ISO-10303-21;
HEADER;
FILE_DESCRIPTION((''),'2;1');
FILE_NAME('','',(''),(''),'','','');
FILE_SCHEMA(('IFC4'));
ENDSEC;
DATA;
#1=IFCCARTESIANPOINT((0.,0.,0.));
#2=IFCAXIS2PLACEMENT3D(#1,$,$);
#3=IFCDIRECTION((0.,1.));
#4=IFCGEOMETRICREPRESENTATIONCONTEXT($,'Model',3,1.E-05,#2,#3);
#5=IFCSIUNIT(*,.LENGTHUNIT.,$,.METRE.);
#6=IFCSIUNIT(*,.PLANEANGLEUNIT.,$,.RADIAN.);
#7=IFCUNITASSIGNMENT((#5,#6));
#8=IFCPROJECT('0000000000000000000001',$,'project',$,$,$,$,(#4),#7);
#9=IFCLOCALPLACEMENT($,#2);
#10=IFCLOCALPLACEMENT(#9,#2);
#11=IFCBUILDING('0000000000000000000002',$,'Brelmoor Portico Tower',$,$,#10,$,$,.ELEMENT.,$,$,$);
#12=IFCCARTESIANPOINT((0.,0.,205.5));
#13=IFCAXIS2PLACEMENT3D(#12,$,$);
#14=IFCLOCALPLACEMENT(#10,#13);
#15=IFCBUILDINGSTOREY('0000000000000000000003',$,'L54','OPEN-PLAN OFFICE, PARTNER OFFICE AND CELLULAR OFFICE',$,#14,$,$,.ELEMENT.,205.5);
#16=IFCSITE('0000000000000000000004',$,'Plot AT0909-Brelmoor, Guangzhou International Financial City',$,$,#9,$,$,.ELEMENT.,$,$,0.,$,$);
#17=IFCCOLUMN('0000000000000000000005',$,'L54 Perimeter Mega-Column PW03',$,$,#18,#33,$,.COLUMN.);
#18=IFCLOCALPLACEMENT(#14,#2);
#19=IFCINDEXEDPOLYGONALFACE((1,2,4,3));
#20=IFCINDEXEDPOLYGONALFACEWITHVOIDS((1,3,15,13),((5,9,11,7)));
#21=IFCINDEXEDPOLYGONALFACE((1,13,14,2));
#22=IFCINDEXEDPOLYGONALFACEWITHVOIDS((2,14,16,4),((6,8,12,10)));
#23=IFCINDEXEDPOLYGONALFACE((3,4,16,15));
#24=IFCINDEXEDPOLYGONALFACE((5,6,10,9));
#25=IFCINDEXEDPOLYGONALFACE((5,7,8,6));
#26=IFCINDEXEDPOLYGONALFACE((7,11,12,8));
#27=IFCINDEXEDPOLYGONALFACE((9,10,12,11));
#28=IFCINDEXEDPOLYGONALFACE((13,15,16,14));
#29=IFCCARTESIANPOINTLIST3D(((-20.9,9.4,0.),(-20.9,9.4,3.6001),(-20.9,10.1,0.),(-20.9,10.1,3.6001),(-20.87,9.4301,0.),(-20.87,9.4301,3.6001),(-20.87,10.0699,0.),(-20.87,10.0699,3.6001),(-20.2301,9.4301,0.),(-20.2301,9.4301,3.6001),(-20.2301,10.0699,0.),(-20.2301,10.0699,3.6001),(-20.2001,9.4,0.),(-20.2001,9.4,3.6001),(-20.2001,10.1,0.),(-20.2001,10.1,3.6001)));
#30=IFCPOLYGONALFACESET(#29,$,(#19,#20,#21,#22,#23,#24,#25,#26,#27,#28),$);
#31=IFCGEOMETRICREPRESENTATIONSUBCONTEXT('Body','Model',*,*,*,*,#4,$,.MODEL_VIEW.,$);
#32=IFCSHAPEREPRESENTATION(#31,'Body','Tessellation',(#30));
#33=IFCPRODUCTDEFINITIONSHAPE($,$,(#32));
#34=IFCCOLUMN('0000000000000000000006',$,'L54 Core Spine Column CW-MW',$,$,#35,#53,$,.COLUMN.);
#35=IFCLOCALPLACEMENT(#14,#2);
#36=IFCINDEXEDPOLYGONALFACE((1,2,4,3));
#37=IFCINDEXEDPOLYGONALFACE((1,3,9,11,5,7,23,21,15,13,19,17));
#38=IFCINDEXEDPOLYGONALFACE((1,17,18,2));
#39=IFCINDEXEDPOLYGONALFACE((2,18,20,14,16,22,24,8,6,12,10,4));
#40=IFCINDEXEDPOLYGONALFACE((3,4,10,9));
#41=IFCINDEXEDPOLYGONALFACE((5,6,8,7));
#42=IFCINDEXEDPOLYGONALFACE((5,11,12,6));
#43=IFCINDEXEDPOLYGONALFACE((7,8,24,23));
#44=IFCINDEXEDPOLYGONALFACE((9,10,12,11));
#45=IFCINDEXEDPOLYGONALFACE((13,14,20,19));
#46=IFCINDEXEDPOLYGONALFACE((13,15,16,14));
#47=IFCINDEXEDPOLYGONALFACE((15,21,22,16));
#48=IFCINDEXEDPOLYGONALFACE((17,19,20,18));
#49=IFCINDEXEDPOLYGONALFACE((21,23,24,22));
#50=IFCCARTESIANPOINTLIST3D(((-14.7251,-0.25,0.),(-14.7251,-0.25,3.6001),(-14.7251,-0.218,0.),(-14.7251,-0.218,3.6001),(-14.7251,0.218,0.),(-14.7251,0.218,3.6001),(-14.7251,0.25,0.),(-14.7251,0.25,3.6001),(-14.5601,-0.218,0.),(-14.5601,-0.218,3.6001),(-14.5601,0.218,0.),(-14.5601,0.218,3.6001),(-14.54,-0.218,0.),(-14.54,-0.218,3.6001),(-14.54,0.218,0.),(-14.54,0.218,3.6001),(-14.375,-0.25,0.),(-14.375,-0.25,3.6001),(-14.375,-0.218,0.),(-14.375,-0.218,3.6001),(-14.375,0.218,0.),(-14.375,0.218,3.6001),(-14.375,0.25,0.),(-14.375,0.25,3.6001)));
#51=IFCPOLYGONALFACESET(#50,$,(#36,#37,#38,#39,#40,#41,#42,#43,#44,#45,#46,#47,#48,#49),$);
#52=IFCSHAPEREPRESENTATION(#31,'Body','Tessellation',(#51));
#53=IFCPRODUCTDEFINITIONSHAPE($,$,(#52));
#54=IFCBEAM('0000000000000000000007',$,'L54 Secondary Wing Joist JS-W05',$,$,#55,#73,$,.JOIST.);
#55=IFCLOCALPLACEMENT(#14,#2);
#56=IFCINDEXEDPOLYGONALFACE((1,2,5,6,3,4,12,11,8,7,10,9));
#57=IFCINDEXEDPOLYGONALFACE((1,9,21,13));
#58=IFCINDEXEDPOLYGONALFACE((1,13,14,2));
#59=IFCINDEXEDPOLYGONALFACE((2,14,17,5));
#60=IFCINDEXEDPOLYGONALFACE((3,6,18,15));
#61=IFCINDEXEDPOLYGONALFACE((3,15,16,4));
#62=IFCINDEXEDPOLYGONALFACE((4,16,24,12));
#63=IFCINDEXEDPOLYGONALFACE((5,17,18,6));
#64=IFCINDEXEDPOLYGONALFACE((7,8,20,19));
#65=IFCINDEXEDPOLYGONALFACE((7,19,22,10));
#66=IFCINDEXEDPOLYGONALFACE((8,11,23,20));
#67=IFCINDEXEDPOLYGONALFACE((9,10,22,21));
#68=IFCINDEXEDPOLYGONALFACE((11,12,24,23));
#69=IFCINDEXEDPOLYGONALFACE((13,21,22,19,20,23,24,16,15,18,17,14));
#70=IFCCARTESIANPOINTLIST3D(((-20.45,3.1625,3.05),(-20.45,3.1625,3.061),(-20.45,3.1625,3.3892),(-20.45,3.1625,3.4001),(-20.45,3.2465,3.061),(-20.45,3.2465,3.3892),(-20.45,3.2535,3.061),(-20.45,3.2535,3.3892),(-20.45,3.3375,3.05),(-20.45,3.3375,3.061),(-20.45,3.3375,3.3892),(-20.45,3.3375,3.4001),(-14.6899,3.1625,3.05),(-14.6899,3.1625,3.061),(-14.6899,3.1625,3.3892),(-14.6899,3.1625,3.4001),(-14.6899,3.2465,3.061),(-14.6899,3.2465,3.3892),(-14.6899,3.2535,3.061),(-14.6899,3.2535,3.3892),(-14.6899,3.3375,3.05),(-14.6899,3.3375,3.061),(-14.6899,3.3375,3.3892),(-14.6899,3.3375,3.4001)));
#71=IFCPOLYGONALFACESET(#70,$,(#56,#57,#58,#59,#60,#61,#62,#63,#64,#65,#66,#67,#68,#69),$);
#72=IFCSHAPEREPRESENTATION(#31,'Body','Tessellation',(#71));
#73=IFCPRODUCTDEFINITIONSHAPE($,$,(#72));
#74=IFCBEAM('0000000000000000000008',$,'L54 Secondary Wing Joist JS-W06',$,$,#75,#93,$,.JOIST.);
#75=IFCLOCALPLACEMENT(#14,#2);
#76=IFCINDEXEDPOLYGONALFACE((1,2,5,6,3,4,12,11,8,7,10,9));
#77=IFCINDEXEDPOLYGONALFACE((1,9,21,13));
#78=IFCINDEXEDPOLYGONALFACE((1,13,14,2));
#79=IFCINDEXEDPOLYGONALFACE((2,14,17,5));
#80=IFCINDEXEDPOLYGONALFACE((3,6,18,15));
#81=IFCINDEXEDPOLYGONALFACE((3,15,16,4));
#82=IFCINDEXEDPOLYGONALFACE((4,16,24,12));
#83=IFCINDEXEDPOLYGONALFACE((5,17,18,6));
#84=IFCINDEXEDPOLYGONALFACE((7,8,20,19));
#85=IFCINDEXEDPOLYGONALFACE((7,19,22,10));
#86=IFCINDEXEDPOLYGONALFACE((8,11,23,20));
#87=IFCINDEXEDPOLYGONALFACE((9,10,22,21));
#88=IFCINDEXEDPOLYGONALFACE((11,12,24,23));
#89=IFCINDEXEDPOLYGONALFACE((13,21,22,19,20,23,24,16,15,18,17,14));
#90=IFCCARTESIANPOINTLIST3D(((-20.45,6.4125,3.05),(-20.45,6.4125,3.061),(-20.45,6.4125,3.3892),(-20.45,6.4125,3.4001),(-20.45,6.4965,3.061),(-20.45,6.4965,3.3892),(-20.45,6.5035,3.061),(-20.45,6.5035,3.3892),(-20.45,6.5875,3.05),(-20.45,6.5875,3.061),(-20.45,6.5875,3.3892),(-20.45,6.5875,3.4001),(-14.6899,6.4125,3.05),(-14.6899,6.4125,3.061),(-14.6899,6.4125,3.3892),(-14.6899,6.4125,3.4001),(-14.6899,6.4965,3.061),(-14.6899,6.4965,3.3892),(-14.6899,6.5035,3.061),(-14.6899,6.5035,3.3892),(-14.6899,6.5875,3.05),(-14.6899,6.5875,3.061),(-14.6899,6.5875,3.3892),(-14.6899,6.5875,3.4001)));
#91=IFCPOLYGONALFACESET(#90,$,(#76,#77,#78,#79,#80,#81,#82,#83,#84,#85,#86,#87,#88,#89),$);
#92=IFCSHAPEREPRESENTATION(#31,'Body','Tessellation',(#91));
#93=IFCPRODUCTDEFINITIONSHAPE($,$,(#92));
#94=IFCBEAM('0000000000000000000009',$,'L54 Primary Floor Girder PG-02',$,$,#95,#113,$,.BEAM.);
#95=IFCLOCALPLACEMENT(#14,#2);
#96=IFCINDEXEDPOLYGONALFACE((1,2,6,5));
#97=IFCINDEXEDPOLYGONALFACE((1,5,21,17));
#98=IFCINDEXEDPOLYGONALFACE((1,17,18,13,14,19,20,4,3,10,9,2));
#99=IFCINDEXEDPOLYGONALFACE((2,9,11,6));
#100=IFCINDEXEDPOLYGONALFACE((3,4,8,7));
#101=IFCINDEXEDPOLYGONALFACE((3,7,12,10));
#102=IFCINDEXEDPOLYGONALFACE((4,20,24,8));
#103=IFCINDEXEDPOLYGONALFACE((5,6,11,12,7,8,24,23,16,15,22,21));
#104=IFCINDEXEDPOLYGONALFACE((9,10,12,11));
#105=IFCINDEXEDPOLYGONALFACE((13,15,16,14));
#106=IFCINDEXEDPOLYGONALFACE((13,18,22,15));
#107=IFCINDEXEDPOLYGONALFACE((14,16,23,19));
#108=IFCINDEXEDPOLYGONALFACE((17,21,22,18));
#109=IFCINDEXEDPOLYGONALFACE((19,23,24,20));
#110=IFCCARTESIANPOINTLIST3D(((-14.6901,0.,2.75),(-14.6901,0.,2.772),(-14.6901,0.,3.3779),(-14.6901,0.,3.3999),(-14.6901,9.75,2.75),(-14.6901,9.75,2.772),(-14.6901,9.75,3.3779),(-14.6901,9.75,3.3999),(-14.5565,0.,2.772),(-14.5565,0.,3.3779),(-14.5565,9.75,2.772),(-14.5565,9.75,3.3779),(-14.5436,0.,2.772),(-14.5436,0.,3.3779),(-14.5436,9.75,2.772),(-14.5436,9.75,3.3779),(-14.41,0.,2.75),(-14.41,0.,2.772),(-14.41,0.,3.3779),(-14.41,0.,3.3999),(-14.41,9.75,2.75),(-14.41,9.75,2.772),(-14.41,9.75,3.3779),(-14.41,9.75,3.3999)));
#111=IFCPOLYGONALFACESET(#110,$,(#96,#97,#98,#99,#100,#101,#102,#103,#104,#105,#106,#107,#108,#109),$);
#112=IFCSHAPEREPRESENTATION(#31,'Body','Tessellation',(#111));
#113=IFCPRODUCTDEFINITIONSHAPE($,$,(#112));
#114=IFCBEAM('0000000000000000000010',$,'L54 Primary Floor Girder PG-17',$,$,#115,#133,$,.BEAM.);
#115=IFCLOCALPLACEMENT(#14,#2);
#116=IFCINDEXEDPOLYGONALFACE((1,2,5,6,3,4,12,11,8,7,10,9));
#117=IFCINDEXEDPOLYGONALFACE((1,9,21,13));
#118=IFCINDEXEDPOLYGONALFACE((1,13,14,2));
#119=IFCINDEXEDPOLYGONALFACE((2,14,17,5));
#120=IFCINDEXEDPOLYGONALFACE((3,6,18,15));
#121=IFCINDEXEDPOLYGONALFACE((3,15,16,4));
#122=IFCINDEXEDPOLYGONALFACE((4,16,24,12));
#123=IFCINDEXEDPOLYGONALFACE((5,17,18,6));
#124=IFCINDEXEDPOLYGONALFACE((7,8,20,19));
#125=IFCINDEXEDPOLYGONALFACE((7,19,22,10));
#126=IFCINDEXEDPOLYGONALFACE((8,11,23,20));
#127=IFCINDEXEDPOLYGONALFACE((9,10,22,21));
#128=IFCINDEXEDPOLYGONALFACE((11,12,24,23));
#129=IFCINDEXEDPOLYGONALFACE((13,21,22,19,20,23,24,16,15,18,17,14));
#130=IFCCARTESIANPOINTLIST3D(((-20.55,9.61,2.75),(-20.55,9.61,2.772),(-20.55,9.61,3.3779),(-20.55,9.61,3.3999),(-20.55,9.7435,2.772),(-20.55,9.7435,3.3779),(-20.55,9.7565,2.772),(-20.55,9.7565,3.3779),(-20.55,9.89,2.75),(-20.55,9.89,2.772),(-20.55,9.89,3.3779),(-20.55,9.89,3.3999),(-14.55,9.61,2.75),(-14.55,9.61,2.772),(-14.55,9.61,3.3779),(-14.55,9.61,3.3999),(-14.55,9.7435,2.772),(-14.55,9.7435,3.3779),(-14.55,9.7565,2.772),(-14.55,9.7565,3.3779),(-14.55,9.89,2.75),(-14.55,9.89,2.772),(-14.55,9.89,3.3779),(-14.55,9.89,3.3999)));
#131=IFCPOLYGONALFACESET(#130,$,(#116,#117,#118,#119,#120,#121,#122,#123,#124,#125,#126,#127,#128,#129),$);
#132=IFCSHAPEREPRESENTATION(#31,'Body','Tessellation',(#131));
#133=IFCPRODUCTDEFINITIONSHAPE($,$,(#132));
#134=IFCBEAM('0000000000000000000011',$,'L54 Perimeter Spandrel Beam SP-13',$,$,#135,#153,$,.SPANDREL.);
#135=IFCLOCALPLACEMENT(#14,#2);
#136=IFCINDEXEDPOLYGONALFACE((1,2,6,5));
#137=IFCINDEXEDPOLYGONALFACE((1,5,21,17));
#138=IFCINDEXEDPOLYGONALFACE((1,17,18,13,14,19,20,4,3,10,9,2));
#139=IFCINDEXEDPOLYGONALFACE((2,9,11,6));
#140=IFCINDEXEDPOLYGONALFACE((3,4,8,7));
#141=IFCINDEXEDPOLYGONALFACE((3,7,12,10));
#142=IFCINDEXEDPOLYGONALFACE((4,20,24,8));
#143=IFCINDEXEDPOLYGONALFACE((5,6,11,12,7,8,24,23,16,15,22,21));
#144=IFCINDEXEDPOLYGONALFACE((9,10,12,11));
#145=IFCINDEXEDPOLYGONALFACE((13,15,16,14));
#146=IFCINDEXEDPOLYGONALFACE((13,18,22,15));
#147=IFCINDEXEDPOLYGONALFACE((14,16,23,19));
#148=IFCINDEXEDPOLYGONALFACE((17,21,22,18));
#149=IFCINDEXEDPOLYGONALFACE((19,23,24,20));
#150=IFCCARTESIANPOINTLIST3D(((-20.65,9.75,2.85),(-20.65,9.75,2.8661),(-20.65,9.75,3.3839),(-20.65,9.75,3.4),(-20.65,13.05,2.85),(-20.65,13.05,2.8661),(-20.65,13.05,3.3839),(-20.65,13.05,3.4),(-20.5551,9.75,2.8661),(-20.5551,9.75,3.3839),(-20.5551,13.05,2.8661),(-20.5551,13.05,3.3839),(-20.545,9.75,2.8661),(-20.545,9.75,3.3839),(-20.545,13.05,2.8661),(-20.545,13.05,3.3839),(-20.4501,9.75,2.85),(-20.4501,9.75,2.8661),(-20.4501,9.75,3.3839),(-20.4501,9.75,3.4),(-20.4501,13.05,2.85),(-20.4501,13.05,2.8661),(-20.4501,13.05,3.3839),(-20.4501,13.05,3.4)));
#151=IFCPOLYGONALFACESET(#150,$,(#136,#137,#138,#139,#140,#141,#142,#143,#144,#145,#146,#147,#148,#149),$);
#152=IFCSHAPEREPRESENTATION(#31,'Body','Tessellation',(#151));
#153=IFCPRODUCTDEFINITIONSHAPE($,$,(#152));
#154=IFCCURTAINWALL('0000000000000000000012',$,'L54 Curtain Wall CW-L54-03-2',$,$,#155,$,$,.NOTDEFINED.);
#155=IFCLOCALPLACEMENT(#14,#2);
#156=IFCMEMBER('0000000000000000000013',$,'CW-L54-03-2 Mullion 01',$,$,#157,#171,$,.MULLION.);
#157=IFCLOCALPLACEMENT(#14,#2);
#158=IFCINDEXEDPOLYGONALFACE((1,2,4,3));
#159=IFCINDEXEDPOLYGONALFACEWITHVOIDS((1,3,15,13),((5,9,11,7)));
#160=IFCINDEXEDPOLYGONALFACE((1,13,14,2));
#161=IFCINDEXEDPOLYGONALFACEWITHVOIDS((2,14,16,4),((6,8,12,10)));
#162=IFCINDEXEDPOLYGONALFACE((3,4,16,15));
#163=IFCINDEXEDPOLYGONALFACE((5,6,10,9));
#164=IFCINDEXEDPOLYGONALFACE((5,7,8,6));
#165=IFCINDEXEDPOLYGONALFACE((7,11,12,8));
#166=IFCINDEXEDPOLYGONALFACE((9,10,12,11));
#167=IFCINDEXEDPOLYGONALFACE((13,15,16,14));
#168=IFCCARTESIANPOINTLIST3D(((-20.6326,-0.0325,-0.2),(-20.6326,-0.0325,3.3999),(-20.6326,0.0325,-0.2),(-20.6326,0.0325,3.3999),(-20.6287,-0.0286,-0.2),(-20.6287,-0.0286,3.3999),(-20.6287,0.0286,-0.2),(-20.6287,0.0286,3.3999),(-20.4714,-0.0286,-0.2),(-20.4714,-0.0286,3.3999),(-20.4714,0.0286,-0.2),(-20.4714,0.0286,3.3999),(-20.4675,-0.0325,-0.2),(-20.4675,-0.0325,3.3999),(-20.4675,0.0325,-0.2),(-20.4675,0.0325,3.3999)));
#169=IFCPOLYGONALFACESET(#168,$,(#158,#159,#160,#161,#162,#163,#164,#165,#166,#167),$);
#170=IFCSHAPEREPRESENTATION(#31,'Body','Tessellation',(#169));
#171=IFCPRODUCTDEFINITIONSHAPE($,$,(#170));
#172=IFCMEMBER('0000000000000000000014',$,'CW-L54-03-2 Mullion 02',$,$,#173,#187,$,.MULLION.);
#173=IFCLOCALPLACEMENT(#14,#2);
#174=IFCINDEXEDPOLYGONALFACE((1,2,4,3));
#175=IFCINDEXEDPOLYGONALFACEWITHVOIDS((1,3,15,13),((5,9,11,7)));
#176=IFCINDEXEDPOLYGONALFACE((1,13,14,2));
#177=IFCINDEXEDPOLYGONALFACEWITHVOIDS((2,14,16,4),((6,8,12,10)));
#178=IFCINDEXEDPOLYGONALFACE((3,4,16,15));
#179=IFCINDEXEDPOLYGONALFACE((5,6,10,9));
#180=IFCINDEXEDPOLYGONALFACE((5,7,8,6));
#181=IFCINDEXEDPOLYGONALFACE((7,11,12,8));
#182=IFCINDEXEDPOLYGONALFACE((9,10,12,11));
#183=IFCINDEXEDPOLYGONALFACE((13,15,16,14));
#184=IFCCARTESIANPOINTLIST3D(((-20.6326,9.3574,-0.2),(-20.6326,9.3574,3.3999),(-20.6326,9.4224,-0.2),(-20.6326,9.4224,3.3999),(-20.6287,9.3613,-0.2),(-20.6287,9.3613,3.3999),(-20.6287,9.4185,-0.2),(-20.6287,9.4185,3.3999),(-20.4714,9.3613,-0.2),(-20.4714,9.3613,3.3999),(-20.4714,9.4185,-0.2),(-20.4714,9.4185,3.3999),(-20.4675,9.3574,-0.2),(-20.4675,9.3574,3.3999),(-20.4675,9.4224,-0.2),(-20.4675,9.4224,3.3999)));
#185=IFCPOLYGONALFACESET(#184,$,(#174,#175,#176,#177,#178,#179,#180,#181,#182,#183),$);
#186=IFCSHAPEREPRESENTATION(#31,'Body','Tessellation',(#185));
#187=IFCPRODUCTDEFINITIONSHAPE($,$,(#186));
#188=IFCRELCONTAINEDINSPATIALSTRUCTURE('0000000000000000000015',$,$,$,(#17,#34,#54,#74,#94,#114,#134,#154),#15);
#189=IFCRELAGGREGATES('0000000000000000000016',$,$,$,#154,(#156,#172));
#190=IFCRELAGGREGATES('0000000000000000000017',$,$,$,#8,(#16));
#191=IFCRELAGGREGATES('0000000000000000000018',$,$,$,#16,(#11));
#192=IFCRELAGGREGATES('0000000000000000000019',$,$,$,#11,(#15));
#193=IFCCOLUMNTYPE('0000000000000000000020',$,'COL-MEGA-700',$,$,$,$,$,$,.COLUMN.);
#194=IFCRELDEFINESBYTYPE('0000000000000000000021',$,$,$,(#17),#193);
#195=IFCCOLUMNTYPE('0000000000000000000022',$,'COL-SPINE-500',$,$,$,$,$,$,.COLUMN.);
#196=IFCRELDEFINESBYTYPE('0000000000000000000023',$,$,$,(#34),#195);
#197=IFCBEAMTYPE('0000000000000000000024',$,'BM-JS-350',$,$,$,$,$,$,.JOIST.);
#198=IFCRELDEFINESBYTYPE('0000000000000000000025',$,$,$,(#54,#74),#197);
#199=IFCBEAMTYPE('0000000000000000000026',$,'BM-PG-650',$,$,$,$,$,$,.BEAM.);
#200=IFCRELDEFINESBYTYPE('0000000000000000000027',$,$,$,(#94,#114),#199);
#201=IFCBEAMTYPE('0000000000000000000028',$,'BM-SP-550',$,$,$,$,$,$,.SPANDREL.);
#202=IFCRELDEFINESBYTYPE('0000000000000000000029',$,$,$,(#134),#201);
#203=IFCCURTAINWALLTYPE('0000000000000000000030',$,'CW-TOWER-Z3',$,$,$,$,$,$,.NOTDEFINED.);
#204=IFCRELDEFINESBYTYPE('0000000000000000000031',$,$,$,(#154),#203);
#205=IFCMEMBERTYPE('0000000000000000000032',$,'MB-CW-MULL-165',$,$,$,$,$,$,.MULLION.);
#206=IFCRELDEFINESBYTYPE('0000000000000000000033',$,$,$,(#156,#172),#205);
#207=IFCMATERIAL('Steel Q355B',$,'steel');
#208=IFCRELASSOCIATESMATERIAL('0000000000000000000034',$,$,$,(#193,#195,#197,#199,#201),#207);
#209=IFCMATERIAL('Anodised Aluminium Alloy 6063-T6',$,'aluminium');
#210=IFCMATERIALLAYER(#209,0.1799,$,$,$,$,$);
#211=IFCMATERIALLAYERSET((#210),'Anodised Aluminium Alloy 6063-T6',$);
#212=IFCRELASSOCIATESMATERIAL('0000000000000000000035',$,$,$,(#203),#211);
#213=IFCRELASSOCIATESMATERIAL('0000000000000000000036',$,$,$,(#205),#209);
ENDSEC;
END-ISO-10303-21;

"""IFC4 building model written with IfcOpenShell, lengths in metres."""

from ifc_helpers import new_model, si_unit, direction, frame, origin, origin_2d, place, context, subcontext, project, spatial, hollow_rectangle, i_section, extrude, material, layer, layer_set, material_profile, profile_set, type_object, element, aggregate, save


model = new_model("IFC4")

# Units and contexts
model_context = context("Model", 3, precision=1e-05, world=origin(), true_north=direction((0.0, 1.0)))
body_context = subcontext(model_context, "Body", "Model", "MODEL_VIEW")
ifc_project = project(units=[si_unit("LENGTHUNIT", "METRE"), si_unit("PLANEANGLEUNIT", "RADIAN")], contexts=[model_context])

# Site, building, storey
site_placement = place(None, origin())
site = spatial("IfcSite", under=ifc_project, at=site_placement, Name="Plot AT0909-Brelmoor, Guangzhou International Financial City", CompositionType="ELEMENT", RefElevation=0.0)
building_placement = place(site_placement, origin())
building = spatial("IfcBuilding", under=site, at=building_placement, Name="Brelmoor Portico Tower", CompositionType="ELEMENT")
storey_placement = place(building_placement, frame((0.0, 0.0, 205.5)))
storey = spatial("IfcBuildingStorey", under=building, at=storey_placement, Name="L54", Description="OPEN-PLAN OFFICE, PARTNER OFFICE AND CELLULAR OFFICE", CompositionType="ELEMENT", Elevation=205.5)

# Columns
ifc_material_1 = material(Name="Steel Q355B", Category="steel")
ifc_material_profile_1 = material_profile(ifc_material_1, hollow_rectangle(XDim=0.7, YDim=0.7, WallThickness=0.03, at=origin_2d()), Name="BOX 700x700x30")
ifc_profile_set_1 = profile_set([ifc_material_profile_1], Name="Steel Q355B")
column_type_1 = type_object("IfcColumnType", Name="COL-MEGA-700", PredefinedType="COLUMN", material=ifc_profile_set_1)
column_1_placement = place(storey_placement, frame((-20.55, 9.75, 0.0), z_axis=(0.0, 0.0, 1.0), x_axis=(0.0, 1.0, 0.0)))
element("IfcColumn", 1, at=column_1_placement, inside=storey, type_object=column_type_1, Name="L54 Perimeter Mega-Column PW03", PredefinedType="COLUMN", context=body_context, shape_type="SweptSolid", body=[
    extrude(hollow_rectangle(XDim=0.7, YDim=0.7, WallThickness=0.03, at=origin_2d()), origin(), (0.0, 0.0, 1.0), 3.6001),
])
ifc_material_profile_2 = material_profile(ifc_material_1, i_section(OverallWidth=0.3501, OverallDepth=0.5, WebThickness=0.02, FlangeThickness=0.032, at=origin_2d()), Name="HW 500x350x20x32")
ifc_profile_set_2 = profile_set([ifc_material_profile_2], Name="Steel Q355B")
column_type_2 = type_object("IfcColumnType", Name="COL-SPINE-500", PredefinedType="COLUMN", material=ifc_profile_set_2)
column_2_placement = place(storey_placement, frame((-14.55, 0.0, 0.0), z_axis=(0.0, 0.0, 1.0), x_axis=(1.0, 0.0, 0.0)))
element("IfcColumn", 2, at=column_2_placement, inside=storey, type_object=column_type_2, Name="L54 Core Spine Column CW-MW", PredefinedType="COLUMN", context=body_context, shape_type="SweptSolid", body=[
    extrude(i_section(OverallWidth=0.3501, OverallDepth=0.5, WebThickness=0.02, FlangeThickness=0.032, at=origin_2d()), origin(), (0.0, 0.0, 1.0), 3.6001),
])

# Beams
ifc_material_profile_3 = material_profile(ifc_material_1, i_section(OverallWidth=0.175, OverallDepth=0.3501, WebThickness=0.0071, FlangeThickness=0.011, at=origin_2d()), Name="HN 350x175x7x11")
ifc_profile_set_3 = profile_set([ifc_material_profile_3], Name="Steel Q355B")
beam_type_1 = type_object("IfcBeamType", Name="BM-JS-350", PredefinedType="JOIST", material=ifc_profile_set_3)
for number, where, z_axis, x_axis, name in (
    (3, (-20.45, 3.25, 3.2251), (1.0, 0.0, 0.0), (0.0, 1.0, 0.0), "L54 Secondary Wing Joist JS-W05"),
    (4, (-20.45, 6.5, 3.2251), (1.0, 0.0, 0.0), (0.0, 1.0, 0.0), "L54 Secondary Wing Joist JS-W06"),
):
    element("IfcBeam", number, at=place(storey_placement, frame(where, z_axis=z_axis, x_axis=x_axis)), inside=storey, type_object=beam_type_1, Name=name, PredefinedType="JOIST", context=body_context, shape_type="SweptSolid", body=[
        extrude(i_section(OverallWidth=0.175, OverallDepth=0.3501, WebThickness=0.0071, FlangeThickness=0.011, at=origin_2d()), origin(), (0.0, 0.0, 1.0), 5.76),
    ])
ifc_material_profile_4 = material_profile(ifc_material_1, i_section(OverallWidth=0.28, OverallDepth=0.6499, WebThickness=0.0129, FlangeThickness=0.022, at=origin_2d()), Name="HN 650x280x13x22")
ifc_profile_set_4 = profile_set([ifc_material_profile_4], Name="Steel Q355B")
beam_type_2 = type_object("IfcBeamType", Name="BM-PG-650", PredefinedType="BEAM", material=ifc_profile_set_4)
beam_1_placement = place(storey_placement, frame((-14.55, 0.0, 3.075), z_axis=(0.0, 1.0, 0.0), x_axis=(-1.0, 0.0, 0.0)))
element("IfcBeam", 5, at=beam_1_placement, inside=storey, type_object=beam_type_2, Name="L54 Primary Floor Girder PG-02", PredefinedType="BEAM", context=body_context, shape_type="SweptSolid", body=[
    extrude(i_section(OverallWidth=0.28, OverallDepth=0.6499, WebThickness=0.0129, FlangeThickness=0.022, at=origin_2d()), origin(), (0.0, 0.0, 1.0), 9.75),
])
beam_2_placement = place(storey_placement, frame((-20.55, 9.75, 3.075), z_axis=(1.0, 0.0, 0.0), x_axis=(0.0, 1.0, 0.0)))
element("IfcBeam", 6, at=beam_2_placement, inside=storey, type_object=beam_type_2, Name="L54 Primary Floor Girder PG-17", PredefinedType="BEAM", context=body_context, shape_type="SweptSolid", body=[
    extrude(i_section(OverallWidth=0.28, OverallDepth=0.6499, WebThickness=0.0129, FlangeThickness=0.022, at=origin_2d()), origin(), (0.0, 0.0, 1.0), 6.0),
])
ifc_material_profile_5 = material_profile(ifc_material_1, i_section(OverallWidth=0.2, OverallDepth=0.55, WebThickness=0.01, FlangeThickness=0.0161, at=origin_2d()), Name="HN 550x200x10x16")
ifc_profile_set_5 = profile_set([ifc_material_profile_5], Name="Steel Q355B")
beam_type_3 = type_object("IfcBeamType", Name="BM-SP-550", PredefinedType="SPANDREL", material=ifc_profile_set_5)
beam_3_placement = place(storey_placement, frame((-20.55, 9.75, 3.125), z_axis=(0.0, 1.0, 0.0), x_axis=(-1.0, 0.0, 0.0)))
element("IfcBeam", 7, at=beam_3_placement, inside=storey, type_object=beam_type_3, Name="L54 Perimeter Spandrel Beam SP-13", PredefinedType="SPANDREL", context=body_context, shape_type="SweptSolid", body=[
    extrude(i_section(OverallWidth=0.2, OverallDepth=0.55, WebThickness=0.01, FlangeThickness=0.0161, at=origin_2d()), origin(), (0.0, 0.0, 1.0), 3.3),
])

# Curtain wall, members
ifc_material_2 = material(Name="Anodised Aluminium Alloy 6063-T6", Category="aluminium")
ifc_layer_1 = layer(ifc_material_2, 0.1799)
ifc_layer_set_1 = layer_set([ifc_layer_1], Name="Anodised Aluminium Alloy 6063-T6")
curtain_wall_type = type_object("IfcCurtainWallType", Name="CW-TOWER-Z3", PredefinedType="NOTDEFINED", material=ifc_layer_set_1)
curtain_wall_1_placement = place(storey_placement, origin())
curtain_wall_1 = element("IfcCurtainWall", 8, at=curtain_wall_1_placement, inside=storey, type_object=curtain_wall_type, Name="L54 Curtain Wall CW-L54-03-2", PredefinedType="NOTDEFINED")
ifc_material_profile_6 = material_profile(ifc_material_2, hollow_rectangle(XDim=0.0649, YDim=0.165, WallThickness=0.0039, at=origin_2d()), Name="ALU MULLION 65x165")
ifc_profile_set_6 = profile_set([ifc_material_profile_6], Name="Anodised Aluminium Alloy 6063-T6")
member_type_1 = type_object("IfcMemberType", Name="MB-CW-MULL-165", PredefinedType="MULLION", material=ifc_profile_set_6)
member_1_placement = place(storey_placement, frame((-20.55, 0.0, -0.2), z_axis=(0.0, 0.0, 1.0), x_axis=(0.0, 1.0, 0.0)))
member_1 = element("IfcMember", 9, at=member_1_placement, type_object=member_type_1, Name="CW-L54-03-2 Mullion 01", PredefinedType="MULLION", context=body_context, shape_type="SweptSolid", body=[
    extrude(hollow_rectangle(XDim=0.0649, YDim=0.165, WallThickness=0.0039, at=origin_2d()), origin(), (0.0, 0.0, 1.0), 3.5999),
])
member_2_placement = place(storey_placement, frame((-20.55, 9.3899, -0.2), z_axis=(0.0, 0.0, 1.0), x_axis=(0.0, 1.0, 0.0)))
member_2 = element("IfcMember", 10, at=member_2_placement, type_object=member_type_1, Name="CW-L54-03-2 Mullion 02", PredefinedType="MULLION", context=body_context, shape_type="SweptSolid", body=[
    extrude(hollow_rectangle(XDim=0.0649, YDim=0.165, WallThickness=0.0039, at=origin_2d()), origin(), (0.0, 0.0, 1.0), 3.5999),
])

aggregate(curtain_wall_1, [member_1, member_2])

save(model, "model.ifc")
